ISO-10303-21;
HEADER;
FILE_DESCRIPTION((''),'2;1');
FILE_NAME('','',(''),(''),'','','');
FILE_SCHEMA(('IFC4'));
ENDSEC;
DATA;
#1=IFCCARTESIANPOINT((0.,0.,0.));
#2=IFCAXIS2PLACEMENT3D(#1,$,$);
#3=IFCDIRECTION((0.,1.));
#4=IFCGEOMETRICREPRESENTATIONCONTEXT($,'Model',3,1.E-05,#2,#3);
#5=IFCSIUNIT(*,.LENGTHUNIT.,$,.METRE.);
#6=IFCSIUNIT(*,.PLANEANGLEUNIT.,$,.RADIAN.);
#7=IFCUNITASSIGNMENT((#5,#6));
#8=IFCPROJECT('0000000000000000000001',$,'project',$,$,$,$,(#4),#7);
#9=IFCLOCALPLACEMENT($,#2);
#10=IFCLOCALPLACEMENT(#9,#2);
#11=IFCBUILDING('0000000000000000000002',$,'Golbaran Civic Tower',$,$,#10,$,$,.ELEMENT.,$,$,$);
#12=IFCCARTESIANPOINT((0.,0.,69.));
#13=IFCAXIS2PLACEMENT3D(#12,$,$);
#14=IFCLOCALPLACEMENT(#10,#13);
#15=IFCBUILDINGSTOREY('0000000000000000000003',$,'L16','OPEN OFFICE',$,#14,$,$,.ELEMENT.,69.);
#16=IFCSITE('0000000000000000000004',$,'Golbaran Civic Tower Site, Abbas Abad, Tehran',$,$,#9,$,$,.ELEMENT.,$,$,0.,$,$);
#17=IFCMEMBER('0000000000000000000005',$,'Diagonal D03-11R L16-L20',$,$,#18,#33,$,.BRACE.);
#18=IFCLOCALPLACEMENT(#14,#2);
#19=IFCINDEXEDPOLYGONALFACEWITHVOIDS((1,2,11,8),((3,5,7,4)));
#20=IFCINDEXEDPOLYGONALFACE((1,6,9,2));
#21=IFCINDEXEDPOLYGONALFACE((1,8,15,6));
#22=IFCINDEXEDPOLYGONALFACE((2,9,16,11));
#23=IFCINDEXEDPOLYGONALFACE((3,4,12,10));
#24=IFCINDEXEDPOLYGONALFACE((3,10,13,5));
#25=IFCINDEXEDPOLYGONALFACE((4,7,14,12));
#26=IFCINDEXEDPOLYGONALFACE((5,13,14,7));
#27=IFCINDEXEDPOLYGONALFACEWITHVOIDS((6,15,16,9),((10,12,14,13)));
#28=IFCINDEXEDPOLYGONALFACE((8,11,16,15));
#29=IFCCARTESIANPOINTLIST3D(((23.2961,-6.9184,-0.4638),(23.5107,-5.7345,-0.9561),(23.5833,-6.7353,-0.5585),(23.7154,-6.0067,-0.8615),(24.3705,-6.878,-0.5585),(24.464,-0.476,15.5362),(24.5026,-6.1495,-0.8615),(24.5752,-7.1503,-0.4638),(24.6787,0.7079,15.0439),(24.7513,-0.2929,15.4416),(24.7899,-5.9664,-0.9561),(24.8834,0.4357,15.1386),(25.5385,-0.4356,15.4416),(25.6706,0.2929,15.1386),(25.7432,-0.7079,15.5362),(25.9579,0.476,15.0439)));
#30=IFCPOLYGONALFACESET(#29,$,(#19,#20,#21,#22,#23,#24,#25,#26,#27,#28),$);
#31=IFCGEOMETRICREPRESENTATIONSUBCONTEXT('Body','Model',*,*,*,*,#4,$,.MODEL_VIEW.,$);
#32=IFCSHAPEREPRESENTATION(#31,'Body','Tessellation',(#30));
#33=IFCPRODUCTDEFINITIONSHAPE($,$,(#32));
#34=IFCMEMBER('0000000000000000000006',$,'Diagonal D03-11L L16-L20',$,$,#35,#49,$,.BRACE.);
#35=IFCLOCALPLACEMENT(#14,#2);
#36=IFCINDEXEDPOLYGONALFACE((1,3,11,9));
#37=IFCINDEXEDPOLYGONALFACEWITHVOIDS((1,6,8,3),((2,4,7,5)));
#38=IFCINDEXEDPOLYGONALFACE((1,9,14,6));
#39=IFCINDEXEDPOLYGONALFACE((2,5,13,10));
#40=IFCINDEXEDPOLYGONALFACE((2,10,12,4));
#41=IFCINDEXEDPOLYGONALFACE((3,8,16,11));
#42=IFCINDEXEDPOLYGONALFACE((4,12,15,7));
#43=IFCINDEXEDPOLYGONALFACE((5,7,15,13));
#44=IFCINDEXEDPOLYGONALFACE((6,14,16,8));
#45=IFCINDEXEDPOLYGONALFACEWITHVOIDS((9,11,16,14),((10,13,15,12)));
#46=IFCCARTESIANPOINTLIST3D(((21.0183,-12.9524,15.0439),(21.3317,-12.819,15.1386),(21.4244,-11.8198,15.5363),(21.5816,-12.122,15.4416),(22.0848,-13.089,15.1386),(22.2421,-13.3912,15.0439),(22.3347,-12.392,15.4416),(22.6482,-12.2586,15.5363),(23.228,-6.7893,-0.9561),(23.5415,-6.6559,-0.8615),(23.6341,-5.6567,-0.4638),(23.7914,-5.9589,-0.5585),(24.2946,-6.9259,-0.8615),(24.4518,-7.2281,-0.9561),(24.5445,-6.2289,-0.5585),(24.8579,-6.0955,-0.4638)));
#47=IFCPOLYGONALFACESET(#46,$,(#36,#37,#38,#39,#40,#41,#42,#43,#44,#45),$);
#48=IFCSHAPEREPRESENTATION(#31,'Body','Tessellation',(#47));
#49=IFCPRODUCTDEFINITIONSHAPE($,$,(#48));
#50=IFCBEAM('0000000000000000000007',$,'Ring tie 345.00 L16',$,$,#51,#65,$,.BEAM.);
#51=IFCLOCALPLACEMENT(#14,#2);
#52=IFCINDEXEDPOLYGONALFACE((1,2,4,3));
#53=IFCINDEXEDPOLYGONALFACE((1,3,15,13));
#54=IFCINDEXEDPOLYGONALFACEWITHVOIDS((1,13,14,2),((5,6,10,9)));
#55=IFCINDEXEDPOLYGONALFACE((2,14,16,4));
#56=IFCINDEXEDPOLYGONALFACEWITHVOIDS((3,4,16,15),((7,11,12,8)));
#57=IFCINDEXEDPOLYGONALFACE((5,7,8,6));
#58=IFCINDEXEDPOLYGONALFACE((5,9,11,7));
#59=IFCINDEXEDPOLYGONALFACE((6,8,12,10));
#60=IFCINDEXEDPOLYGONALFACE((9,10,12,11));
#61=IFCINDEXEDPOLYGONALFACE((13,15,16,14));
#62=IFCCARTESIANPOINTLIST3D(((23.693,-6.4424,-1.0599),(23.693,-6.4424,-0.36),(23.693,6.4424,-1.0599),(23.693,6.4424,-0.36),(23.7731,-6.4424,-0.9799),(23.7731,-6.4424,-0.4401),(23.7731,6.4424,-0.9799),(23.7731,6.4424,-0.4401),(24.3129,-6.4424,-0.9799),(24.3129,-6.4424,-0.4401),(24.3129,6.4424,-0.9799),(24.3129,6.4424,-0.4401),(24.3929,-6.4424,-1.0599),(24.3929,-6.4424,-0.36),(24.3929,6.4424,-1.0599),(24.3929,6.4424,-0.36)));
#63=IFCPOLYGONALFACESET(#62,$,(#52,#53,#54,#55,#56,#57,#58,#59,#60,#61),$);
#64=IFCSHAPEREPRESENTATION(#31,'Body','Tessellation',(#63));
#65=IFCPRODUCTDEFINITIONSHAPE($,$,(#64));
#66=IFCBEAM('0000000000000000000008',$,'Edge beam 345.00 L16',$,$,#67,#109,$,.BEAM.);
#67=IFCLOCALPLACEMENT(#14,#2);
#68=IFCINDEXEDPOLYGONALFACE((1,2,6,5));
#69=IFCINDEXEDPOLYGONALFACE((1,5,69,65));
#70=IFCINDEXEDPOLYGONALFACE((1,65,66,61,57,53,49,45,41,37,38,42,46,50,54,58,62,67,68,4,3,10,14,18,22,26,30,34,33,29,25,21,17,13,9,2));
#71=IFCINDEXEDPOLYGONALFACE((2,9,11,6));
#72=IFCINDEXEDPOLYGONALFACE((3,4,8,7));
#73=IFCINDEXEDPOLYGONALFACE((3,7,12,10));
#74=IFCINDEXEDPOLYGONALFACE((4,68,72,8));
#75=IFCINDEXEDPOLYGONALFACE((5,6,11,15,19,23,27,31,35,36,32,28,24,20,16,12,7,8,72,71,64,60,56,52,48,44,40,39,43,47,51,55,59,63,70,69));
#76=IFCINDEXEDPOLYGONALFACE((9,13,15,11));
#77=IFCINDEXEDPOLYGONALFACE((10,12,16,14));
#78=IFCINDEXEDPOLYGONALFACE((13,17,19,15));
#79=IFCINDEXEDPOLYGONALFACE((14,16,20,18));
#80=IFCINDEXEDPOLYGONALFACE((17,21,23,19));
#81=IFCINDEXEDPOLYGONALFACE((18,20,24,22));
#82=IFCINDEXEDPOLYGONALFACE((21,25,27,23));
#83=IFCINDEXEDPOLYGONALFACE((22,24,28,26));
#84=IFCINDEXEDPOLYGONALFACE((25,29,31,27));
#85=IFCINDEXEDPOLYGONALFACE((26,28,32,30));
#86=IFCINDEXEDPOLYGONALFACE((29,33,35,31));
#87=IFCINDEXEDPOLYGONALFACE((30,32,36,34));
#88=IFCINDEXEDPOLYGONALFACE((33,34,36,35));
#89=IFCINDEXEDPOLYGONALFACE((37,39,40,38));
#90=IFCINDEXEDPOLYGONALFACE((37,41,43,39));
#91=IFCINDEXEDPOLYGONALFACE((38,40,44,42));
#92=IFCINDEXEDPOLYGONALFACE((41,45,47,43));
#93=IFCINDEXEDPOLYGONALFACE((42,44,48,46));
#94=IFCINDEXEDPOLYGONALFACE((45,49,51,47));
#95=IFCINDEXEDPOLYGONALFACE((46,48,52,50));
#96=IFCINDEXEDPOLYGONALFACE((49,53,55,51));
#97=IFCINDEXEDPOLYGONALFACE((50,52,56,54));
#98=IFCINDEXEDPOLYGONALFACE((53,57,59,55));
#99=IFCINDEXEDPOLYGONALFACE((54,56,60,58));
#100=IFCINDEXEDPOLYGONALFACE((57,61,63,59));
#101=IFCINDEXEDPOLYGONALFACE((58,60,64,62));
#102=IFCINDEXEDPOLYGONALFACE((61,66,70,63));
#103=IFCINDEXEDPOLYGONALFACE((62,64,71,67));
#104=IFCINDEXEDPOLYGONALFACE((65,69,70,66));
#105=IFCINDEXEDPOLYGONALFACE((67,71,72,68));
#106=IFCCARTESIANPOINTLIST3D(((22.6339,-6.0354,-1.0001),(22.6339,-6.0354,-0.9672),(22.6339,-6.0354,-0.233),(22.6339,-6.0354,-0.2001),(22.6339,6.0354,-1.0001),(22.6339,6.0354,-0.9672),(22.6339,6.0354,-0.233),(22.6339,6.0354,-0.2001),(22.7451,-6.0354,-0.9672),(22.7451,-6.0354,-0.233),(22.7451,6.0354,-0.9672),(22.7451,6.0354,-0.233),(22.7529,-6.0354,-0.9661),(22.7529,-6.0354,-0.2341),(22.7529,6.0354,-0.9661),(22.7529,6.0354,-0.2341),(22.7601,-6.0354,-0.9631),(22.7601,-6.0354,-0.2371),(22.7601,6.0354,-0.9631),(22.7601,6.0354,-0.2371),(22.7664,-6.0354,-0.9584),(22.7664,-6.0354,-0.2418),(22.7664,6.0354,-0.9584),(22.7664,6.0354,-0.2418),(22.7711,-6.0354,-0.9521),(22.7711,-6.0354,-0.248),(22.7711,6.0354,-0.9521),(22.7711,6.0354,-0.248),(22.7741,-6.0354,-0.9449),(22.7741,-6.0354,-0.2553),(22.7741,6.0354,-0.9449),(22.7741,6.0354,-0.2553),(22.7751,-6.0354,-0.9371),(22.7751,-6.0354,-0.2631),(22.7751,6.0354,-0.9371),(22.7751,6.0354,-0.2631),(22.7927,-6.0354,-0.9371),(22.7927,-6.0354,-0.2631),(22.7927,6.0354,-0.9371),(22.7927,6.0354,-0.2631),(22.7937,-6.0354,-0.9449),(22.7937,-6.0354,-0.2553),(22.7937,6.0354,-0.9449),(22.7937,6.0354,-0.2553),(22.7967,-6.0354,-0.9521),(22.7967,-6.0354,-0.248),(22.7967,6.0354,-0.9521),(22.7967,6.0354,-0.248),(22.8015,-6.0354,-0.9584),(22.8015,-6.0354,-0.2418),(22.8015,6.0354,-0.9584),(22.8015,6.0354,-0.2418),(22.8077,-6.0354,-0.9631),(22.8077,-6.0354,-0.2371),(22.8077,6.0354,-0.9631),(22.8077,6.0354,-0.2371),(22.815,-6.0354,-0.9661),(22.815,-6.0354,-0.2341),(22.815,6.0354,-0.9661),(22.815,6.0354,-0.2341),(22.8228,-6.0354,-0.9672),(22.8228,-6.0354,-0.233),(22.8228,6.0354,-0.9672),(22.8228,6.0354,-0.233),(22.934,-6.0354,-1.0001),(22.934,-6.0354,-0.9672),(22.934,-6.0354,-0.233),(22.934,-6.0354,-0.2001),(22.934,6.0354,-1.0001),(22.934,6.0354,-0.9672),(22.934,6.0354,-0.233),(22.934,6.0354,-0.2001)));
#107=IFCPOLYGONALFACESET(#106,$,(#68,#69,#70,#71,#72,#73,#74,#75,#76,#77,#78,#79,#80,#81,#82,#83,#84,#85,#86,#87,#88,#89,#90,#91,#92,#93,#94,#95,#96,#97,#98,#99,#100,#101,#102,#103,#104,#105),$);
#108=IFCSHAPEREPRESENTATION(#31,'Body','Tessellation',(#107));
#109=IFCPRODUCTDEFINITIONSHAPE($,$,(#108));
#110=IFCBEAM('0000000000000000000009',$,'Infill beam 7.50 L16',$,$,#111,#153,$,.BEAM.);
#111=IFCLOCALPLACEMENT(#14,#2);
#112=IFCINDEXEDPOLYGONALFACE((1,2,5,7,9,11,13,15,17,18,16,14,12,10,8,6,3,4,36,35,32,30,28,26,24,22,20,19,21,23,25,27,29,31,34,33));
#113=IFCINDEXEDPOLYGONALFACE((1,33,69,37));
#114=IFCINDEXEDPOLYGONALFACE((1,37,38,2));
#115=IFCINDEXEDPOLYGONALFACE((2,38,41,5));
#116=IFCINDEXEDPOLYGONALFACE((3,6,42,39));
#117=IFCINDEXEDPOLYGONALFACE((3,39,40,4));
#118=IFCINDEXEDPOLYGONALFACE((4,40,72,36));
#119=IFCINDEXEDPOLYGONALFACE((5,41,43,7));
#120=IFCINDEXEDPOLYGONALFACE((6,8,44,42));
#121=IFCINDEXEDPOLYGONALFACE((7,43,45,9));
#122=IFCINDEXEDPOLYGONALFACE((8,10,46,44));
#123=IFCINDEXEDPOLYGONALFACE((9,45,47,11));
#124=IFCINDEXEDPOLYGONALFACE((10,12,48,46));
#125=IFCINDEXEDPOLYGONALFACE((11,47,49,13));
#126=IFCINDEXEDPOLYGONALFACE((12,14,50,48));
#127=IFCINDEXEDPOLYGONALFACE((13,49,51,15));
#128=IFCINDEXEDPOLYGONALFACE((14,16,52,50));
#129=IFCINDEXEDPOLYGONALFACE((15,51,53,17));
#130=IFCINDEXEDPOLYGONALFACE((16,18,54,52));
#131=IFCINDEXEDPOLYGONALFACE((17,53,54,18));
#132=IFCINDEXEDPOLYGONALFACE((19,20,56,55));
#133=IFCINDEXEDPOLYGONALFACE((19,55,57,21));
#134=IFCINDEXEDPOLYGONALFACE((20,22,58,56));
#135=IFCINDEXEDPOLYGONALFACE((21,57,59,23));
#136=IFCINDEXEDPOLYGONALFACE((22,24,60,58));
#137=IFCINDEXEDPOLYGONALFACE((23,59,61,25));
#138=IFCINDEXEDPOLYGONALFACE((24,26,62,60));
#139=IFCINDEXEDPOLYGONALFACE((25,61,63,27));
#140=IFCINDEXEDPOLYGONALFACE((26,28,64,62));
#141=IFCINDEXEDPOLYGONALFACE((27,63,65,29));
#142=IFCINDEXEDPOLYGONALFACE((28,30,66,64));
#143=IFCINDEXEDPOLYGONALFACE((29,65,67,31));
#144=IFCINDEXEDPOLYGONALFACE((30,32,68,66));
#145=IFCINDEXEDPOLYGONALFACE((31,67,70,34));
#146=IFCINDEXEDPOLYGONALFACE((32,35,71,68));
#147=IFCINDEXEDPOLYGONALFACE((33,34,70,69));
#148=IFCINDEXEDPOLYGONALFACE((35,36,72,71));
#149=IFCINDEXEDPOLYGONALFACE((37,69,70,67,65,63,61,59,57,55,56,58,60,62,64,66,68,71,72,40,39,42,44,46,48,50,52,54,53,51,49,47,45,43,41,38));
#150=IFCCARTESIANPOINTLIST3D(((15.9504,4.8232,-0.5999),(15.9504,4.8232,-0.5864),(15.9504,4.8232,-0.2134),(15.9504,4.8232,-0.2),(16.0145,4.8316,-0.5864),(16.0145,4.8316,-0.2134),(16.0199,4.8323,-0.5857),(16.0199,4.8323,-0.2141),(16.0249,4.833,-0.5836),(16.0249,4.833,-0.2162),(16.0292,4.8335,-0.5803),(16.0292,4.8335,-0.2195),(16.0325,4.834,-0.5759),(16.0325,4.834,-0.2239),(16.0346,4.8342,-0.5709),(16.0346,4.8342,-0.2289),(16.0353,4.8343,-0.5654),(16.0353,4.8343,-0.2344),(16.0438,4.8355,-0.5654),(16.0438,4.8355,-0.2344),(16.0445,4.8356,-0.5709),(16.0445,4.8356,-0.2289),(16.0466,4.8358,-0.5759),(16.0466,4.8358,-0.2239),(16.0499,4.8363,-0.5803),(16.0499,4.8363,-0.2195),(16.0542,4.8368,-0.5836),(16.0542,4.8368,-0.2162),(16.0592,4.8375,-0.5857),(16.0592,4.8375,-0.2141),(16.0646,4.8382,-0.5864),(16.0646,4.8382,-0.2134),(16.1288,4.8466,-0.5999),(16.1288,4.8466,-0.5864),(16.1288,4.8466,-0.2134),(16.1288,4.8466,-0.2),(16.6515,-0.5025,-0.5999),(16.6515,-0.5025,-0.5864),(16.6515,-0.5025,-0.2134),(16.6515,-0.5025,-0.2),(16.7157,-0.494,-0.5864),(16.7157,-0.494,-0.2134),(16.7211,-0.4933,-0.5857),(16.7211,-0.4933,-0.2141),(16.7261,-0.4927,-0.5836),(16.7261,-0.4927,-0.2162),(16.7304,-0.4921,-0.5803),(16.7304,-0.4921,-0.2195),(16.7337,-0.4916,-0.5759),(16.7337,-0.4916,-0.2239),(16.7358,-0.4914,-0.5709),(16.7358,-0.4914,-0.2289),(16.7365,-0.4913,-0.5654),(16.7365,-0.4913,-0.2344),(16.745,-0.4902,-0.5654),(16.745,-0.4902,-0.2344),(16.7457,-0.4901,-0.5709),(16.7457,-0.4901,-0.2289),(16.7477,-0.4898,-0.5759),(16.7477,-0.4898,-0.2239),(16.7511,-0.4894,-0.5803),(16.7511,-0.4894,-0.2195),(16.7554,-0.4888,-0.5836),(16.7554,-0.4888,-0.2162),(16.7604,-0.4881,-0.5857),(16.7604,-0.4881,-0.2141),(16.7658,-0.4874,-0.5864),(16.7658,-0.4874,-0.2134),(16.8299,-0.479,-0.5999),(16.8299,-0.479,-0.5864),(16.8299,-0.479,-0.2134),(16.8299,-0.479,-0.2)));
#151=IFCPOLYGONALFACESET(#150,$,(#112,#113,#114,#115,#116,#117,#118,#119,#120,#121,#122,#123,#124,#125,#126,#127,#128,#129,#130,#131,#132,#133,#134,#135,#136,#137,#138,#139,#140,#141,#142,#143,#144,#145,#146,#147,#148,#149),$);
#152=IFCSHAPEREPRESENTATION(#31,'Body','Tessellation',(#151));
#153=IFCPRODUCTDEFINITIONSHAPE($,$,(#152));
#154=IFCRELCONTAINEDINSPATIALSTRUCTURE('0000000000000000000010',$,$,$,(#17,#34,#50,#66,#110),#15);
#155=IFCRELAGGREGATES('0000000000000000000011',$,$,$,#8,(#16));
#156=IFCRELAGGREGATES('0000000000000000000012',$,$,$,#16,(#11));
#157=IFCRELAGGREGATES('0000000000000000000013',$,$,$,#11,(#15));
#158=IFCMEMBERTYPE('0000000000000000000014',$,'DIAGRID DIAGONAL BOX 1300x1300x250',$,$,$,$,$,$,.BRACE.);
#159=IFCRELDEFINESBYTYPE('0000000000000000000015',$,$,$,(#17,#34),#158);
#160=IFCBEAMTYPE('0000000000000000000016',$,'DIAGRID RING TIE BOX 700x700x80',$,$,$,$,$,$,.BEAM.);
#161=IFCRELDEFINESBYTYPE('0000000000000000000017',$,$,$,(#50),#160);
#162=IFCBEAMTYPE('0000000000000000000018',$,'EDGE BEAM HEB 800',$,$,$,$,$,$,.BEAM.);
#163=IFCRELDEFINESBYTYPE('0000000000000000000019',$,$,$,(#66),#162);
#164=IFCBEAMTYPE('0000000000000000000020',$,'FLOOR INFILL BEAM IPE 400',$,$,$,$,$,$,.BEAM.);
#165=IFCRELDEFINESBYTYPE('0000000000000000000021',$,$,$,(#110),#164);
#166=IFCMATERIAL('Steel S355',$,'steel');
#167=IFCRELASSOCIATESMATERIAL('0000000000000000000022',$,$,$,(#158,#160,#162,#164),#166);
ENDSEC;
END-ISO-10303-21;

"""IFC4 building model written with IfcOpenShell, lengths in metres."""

from ifc_helpers import new_model, si_unit, direction, frame, origin, origin_2d, place, context, subcontext, project, spatial, hollow_rectangle, i_section, extrude, material, material_profile, profile_set, type_object, element, save


model = new_model("IFC4")

# Units and contexts
model_context = context("Model", 3, precision=1e-05, world=origin(), true_north=direction((0.0, 1.0)))
body_context = subcontext(model_context, "Body", "Model", "MODEL_VIEW")
ifc_project = project(units=[si_unit("LENGTHUNIT", "METRE"), si_unit("PLANEANGLEUNIT", "RADIAN")], contexts=[model_context])

# Site, building, storey
site_placement = place(None, origin())
site = spatial("IfcSite", under=ifc_project, at=site_placement, Name="Golbaran Civic Tower Site, Abbas Abad, Tehran", CompositionType="ELEMENT", RefElevation=0.0)
building_placement = place(site_placement, origin())
building = spatial("IfcBuilding", under=site, at=building_placement, Name="Golbaran Civic Tower", CompositionType="ELEMENT")
storey_placement = place(building_placement, frame((0.0, 0.0, 69.0)))
storey = spatial("IfcBuildingStorey", under=building, at=storey_placement, Name="L16", Description="OPEN OFFICE", CompositionType="ELEMENT", Elevation=69.0)

# Members
ifc_material_1 = material(Name="Steel S355", Category="steel")
ifc_material_profile_1 = material_profile(ifc_material_1, hollow_rectangle(XDim=1.3, YDim=1.3, WallThickness=0.25, at=origin_2d()), Name="BOX 1300x1300x250")
ifc_profile_set_1 = profile_set([ifc_material_profile_1], Name="Steel S355")
member_type_1 = type_object("IfcMemberType", Name="DIAGRID DIAGONAL BOX 1300x1300x250", PredefinedType="BRACE", material=ifc_profile_set_1)
for number, where, z_axis, x_axis, name in (
    (1, (24.043, -6.4424, -0.71), (0.06756, 0.372655, 0.925508), (-0.98396, 0.178387, 0.0), "Diagonal D03-11R L16-L20"),
    (2, (24.043, -6.4424, -0.71), (-0.12782, -0.3565, 0.925511), (0.941324, -0.337503, 0.0), "Diagonal D03-11L L16-L20"),
):
    element("IfcMember", number, at=place(storey_placement, frame(where, z_axis=z_axis, x_axis=x_axis)), inside=storey, type_object=member_type_1, Name=name, PredefinedType="BRACE", context=body_context, shape_type="SweptSolid", body=[
        extrude(hollow_rectangle(XDim=1.3, YDim=1.3, WallThickness=0.25, at=origin_2d()), origin(), (0.0, 0.0, 1.0), 17.2878),
    ])

# Beams
ifc_material_profile_2 = material_profile(ifc_material_1, hollow_rectangle(XDim=0.7, YDim=0.7, WallThickness=0.0801, at=origin_2d()), Name="BOX 700x700x80")
ifc_profile_set_2 = profile_set([ifc_material_profile_2], Name="Steel S355")
beam_type_1 = type_object("IfcBeamType", Name="DIAGRID RING TIE BOX 700x700x80", PredefinedType="BEAM", material=ifc_profile_set_2)
beam_1_placement = place(storey_placement, frame((24.043, -6.4424, -0.71), z_axis=(0.0, 1.0, 0.0), x_axis=(-1.0, 0.0, 0.0)))
element("IfcBeam", 3, at=beam_1_placement, inside=storey, type_object=beam_type_1, Name="Ring tie 345.00 L16", PredefinedType="BEAM", context=body_context, shape_type="SweptSolid", body=[
    extrude(hollow_rectangle(XDim=0.7, YDim=0.7, WallThickness=0.0801, at=origin_2d()), origin(), (0.0, 0.0, 1.0), 12.8848),
])
ifc_material_profile_3 = material_profile(ifc_material_1, i_section(OverallWidth=0.3, OverallDepth=0.8, WebThickness=0.0176, FlangeThickness=0.033, FilletRadius=0.03, at=origin_2d()), Name="HEB 800")
ifc_profile_set_3 = profile_set([ifc_material_profile_3], Name="Steel S355")
beam_type_2 = type_object("IfcBeamType", Name="EDGE BEAM HEB 800", PredefinedType="BEAM", material=ifc_profile_set_3)
beam_2_placement = place(storey_placement, frame((22.7839, -6.0354, -0.6001), z_axis=(0.0, 1.0, 0.0), x_axis=(-1.0, 0.0, 0.0)))
element("IfcBeam", 4, at=beam_2_placement, inside=storey, type_object=beam_type_2, Name="Edge beam 345.00 L16", PredefinedType="BEAM", context=body_context, shape_type="SweptSolid", body=[
    extrude(i_section(OverallWidth=0.3, OverallDepth=0.8, WebThickness=0.0176, FlangeThickness=0.033, FilletRadius=0.03, at=origin_2d()), origin(), (0.0, 0.0, 1.0), 12.0708),
])
ifc_material_profile_4 = material_profile(ifc_material_1, i_section(OverallWidth=0.1799, OverallDepth=0.3999, WebThickness=0.0085, FlangeThickness=0.0134, FilletRadius=0.021, at=origin_2d()), Name="IPE 400")
ifc_profile_set_4 = profile_set([ifc_material_profile_4], Name="Steel S355")
beam_type_3 = type_object("IfcBeamType", Name="FLOOR INFILL BEAM IPE 400", PredefinedType="BEAM", material=ifc_profile_set_4)
beam_3_placement = place(storey_placement, frame((16.7407, -0.4907, -0.3999), z_axis=(-0.130532, 0.991444, 0.0), x_axis=(-0.991444, -0.130532, 0.0)))
element("IfcBeam", 5, at=beam_3_placement, inside=storey, type_object=beam_type_3, Name="Infill beam 7.50 L16", PredefinedType="BEAM", context=body_context, shape_type="SweptSolid", body=[
    extrude(i_section(OverallWidth=0.1799, OverallDepth=0.3999, WebThickness=0.0085, FlangeThickness=0.0134, FilletRadius=0.021, at=origin_2d()), origin(), (0.0, 0.0, 1.0), 5.3716),
])

save(model, "model.ifc")
